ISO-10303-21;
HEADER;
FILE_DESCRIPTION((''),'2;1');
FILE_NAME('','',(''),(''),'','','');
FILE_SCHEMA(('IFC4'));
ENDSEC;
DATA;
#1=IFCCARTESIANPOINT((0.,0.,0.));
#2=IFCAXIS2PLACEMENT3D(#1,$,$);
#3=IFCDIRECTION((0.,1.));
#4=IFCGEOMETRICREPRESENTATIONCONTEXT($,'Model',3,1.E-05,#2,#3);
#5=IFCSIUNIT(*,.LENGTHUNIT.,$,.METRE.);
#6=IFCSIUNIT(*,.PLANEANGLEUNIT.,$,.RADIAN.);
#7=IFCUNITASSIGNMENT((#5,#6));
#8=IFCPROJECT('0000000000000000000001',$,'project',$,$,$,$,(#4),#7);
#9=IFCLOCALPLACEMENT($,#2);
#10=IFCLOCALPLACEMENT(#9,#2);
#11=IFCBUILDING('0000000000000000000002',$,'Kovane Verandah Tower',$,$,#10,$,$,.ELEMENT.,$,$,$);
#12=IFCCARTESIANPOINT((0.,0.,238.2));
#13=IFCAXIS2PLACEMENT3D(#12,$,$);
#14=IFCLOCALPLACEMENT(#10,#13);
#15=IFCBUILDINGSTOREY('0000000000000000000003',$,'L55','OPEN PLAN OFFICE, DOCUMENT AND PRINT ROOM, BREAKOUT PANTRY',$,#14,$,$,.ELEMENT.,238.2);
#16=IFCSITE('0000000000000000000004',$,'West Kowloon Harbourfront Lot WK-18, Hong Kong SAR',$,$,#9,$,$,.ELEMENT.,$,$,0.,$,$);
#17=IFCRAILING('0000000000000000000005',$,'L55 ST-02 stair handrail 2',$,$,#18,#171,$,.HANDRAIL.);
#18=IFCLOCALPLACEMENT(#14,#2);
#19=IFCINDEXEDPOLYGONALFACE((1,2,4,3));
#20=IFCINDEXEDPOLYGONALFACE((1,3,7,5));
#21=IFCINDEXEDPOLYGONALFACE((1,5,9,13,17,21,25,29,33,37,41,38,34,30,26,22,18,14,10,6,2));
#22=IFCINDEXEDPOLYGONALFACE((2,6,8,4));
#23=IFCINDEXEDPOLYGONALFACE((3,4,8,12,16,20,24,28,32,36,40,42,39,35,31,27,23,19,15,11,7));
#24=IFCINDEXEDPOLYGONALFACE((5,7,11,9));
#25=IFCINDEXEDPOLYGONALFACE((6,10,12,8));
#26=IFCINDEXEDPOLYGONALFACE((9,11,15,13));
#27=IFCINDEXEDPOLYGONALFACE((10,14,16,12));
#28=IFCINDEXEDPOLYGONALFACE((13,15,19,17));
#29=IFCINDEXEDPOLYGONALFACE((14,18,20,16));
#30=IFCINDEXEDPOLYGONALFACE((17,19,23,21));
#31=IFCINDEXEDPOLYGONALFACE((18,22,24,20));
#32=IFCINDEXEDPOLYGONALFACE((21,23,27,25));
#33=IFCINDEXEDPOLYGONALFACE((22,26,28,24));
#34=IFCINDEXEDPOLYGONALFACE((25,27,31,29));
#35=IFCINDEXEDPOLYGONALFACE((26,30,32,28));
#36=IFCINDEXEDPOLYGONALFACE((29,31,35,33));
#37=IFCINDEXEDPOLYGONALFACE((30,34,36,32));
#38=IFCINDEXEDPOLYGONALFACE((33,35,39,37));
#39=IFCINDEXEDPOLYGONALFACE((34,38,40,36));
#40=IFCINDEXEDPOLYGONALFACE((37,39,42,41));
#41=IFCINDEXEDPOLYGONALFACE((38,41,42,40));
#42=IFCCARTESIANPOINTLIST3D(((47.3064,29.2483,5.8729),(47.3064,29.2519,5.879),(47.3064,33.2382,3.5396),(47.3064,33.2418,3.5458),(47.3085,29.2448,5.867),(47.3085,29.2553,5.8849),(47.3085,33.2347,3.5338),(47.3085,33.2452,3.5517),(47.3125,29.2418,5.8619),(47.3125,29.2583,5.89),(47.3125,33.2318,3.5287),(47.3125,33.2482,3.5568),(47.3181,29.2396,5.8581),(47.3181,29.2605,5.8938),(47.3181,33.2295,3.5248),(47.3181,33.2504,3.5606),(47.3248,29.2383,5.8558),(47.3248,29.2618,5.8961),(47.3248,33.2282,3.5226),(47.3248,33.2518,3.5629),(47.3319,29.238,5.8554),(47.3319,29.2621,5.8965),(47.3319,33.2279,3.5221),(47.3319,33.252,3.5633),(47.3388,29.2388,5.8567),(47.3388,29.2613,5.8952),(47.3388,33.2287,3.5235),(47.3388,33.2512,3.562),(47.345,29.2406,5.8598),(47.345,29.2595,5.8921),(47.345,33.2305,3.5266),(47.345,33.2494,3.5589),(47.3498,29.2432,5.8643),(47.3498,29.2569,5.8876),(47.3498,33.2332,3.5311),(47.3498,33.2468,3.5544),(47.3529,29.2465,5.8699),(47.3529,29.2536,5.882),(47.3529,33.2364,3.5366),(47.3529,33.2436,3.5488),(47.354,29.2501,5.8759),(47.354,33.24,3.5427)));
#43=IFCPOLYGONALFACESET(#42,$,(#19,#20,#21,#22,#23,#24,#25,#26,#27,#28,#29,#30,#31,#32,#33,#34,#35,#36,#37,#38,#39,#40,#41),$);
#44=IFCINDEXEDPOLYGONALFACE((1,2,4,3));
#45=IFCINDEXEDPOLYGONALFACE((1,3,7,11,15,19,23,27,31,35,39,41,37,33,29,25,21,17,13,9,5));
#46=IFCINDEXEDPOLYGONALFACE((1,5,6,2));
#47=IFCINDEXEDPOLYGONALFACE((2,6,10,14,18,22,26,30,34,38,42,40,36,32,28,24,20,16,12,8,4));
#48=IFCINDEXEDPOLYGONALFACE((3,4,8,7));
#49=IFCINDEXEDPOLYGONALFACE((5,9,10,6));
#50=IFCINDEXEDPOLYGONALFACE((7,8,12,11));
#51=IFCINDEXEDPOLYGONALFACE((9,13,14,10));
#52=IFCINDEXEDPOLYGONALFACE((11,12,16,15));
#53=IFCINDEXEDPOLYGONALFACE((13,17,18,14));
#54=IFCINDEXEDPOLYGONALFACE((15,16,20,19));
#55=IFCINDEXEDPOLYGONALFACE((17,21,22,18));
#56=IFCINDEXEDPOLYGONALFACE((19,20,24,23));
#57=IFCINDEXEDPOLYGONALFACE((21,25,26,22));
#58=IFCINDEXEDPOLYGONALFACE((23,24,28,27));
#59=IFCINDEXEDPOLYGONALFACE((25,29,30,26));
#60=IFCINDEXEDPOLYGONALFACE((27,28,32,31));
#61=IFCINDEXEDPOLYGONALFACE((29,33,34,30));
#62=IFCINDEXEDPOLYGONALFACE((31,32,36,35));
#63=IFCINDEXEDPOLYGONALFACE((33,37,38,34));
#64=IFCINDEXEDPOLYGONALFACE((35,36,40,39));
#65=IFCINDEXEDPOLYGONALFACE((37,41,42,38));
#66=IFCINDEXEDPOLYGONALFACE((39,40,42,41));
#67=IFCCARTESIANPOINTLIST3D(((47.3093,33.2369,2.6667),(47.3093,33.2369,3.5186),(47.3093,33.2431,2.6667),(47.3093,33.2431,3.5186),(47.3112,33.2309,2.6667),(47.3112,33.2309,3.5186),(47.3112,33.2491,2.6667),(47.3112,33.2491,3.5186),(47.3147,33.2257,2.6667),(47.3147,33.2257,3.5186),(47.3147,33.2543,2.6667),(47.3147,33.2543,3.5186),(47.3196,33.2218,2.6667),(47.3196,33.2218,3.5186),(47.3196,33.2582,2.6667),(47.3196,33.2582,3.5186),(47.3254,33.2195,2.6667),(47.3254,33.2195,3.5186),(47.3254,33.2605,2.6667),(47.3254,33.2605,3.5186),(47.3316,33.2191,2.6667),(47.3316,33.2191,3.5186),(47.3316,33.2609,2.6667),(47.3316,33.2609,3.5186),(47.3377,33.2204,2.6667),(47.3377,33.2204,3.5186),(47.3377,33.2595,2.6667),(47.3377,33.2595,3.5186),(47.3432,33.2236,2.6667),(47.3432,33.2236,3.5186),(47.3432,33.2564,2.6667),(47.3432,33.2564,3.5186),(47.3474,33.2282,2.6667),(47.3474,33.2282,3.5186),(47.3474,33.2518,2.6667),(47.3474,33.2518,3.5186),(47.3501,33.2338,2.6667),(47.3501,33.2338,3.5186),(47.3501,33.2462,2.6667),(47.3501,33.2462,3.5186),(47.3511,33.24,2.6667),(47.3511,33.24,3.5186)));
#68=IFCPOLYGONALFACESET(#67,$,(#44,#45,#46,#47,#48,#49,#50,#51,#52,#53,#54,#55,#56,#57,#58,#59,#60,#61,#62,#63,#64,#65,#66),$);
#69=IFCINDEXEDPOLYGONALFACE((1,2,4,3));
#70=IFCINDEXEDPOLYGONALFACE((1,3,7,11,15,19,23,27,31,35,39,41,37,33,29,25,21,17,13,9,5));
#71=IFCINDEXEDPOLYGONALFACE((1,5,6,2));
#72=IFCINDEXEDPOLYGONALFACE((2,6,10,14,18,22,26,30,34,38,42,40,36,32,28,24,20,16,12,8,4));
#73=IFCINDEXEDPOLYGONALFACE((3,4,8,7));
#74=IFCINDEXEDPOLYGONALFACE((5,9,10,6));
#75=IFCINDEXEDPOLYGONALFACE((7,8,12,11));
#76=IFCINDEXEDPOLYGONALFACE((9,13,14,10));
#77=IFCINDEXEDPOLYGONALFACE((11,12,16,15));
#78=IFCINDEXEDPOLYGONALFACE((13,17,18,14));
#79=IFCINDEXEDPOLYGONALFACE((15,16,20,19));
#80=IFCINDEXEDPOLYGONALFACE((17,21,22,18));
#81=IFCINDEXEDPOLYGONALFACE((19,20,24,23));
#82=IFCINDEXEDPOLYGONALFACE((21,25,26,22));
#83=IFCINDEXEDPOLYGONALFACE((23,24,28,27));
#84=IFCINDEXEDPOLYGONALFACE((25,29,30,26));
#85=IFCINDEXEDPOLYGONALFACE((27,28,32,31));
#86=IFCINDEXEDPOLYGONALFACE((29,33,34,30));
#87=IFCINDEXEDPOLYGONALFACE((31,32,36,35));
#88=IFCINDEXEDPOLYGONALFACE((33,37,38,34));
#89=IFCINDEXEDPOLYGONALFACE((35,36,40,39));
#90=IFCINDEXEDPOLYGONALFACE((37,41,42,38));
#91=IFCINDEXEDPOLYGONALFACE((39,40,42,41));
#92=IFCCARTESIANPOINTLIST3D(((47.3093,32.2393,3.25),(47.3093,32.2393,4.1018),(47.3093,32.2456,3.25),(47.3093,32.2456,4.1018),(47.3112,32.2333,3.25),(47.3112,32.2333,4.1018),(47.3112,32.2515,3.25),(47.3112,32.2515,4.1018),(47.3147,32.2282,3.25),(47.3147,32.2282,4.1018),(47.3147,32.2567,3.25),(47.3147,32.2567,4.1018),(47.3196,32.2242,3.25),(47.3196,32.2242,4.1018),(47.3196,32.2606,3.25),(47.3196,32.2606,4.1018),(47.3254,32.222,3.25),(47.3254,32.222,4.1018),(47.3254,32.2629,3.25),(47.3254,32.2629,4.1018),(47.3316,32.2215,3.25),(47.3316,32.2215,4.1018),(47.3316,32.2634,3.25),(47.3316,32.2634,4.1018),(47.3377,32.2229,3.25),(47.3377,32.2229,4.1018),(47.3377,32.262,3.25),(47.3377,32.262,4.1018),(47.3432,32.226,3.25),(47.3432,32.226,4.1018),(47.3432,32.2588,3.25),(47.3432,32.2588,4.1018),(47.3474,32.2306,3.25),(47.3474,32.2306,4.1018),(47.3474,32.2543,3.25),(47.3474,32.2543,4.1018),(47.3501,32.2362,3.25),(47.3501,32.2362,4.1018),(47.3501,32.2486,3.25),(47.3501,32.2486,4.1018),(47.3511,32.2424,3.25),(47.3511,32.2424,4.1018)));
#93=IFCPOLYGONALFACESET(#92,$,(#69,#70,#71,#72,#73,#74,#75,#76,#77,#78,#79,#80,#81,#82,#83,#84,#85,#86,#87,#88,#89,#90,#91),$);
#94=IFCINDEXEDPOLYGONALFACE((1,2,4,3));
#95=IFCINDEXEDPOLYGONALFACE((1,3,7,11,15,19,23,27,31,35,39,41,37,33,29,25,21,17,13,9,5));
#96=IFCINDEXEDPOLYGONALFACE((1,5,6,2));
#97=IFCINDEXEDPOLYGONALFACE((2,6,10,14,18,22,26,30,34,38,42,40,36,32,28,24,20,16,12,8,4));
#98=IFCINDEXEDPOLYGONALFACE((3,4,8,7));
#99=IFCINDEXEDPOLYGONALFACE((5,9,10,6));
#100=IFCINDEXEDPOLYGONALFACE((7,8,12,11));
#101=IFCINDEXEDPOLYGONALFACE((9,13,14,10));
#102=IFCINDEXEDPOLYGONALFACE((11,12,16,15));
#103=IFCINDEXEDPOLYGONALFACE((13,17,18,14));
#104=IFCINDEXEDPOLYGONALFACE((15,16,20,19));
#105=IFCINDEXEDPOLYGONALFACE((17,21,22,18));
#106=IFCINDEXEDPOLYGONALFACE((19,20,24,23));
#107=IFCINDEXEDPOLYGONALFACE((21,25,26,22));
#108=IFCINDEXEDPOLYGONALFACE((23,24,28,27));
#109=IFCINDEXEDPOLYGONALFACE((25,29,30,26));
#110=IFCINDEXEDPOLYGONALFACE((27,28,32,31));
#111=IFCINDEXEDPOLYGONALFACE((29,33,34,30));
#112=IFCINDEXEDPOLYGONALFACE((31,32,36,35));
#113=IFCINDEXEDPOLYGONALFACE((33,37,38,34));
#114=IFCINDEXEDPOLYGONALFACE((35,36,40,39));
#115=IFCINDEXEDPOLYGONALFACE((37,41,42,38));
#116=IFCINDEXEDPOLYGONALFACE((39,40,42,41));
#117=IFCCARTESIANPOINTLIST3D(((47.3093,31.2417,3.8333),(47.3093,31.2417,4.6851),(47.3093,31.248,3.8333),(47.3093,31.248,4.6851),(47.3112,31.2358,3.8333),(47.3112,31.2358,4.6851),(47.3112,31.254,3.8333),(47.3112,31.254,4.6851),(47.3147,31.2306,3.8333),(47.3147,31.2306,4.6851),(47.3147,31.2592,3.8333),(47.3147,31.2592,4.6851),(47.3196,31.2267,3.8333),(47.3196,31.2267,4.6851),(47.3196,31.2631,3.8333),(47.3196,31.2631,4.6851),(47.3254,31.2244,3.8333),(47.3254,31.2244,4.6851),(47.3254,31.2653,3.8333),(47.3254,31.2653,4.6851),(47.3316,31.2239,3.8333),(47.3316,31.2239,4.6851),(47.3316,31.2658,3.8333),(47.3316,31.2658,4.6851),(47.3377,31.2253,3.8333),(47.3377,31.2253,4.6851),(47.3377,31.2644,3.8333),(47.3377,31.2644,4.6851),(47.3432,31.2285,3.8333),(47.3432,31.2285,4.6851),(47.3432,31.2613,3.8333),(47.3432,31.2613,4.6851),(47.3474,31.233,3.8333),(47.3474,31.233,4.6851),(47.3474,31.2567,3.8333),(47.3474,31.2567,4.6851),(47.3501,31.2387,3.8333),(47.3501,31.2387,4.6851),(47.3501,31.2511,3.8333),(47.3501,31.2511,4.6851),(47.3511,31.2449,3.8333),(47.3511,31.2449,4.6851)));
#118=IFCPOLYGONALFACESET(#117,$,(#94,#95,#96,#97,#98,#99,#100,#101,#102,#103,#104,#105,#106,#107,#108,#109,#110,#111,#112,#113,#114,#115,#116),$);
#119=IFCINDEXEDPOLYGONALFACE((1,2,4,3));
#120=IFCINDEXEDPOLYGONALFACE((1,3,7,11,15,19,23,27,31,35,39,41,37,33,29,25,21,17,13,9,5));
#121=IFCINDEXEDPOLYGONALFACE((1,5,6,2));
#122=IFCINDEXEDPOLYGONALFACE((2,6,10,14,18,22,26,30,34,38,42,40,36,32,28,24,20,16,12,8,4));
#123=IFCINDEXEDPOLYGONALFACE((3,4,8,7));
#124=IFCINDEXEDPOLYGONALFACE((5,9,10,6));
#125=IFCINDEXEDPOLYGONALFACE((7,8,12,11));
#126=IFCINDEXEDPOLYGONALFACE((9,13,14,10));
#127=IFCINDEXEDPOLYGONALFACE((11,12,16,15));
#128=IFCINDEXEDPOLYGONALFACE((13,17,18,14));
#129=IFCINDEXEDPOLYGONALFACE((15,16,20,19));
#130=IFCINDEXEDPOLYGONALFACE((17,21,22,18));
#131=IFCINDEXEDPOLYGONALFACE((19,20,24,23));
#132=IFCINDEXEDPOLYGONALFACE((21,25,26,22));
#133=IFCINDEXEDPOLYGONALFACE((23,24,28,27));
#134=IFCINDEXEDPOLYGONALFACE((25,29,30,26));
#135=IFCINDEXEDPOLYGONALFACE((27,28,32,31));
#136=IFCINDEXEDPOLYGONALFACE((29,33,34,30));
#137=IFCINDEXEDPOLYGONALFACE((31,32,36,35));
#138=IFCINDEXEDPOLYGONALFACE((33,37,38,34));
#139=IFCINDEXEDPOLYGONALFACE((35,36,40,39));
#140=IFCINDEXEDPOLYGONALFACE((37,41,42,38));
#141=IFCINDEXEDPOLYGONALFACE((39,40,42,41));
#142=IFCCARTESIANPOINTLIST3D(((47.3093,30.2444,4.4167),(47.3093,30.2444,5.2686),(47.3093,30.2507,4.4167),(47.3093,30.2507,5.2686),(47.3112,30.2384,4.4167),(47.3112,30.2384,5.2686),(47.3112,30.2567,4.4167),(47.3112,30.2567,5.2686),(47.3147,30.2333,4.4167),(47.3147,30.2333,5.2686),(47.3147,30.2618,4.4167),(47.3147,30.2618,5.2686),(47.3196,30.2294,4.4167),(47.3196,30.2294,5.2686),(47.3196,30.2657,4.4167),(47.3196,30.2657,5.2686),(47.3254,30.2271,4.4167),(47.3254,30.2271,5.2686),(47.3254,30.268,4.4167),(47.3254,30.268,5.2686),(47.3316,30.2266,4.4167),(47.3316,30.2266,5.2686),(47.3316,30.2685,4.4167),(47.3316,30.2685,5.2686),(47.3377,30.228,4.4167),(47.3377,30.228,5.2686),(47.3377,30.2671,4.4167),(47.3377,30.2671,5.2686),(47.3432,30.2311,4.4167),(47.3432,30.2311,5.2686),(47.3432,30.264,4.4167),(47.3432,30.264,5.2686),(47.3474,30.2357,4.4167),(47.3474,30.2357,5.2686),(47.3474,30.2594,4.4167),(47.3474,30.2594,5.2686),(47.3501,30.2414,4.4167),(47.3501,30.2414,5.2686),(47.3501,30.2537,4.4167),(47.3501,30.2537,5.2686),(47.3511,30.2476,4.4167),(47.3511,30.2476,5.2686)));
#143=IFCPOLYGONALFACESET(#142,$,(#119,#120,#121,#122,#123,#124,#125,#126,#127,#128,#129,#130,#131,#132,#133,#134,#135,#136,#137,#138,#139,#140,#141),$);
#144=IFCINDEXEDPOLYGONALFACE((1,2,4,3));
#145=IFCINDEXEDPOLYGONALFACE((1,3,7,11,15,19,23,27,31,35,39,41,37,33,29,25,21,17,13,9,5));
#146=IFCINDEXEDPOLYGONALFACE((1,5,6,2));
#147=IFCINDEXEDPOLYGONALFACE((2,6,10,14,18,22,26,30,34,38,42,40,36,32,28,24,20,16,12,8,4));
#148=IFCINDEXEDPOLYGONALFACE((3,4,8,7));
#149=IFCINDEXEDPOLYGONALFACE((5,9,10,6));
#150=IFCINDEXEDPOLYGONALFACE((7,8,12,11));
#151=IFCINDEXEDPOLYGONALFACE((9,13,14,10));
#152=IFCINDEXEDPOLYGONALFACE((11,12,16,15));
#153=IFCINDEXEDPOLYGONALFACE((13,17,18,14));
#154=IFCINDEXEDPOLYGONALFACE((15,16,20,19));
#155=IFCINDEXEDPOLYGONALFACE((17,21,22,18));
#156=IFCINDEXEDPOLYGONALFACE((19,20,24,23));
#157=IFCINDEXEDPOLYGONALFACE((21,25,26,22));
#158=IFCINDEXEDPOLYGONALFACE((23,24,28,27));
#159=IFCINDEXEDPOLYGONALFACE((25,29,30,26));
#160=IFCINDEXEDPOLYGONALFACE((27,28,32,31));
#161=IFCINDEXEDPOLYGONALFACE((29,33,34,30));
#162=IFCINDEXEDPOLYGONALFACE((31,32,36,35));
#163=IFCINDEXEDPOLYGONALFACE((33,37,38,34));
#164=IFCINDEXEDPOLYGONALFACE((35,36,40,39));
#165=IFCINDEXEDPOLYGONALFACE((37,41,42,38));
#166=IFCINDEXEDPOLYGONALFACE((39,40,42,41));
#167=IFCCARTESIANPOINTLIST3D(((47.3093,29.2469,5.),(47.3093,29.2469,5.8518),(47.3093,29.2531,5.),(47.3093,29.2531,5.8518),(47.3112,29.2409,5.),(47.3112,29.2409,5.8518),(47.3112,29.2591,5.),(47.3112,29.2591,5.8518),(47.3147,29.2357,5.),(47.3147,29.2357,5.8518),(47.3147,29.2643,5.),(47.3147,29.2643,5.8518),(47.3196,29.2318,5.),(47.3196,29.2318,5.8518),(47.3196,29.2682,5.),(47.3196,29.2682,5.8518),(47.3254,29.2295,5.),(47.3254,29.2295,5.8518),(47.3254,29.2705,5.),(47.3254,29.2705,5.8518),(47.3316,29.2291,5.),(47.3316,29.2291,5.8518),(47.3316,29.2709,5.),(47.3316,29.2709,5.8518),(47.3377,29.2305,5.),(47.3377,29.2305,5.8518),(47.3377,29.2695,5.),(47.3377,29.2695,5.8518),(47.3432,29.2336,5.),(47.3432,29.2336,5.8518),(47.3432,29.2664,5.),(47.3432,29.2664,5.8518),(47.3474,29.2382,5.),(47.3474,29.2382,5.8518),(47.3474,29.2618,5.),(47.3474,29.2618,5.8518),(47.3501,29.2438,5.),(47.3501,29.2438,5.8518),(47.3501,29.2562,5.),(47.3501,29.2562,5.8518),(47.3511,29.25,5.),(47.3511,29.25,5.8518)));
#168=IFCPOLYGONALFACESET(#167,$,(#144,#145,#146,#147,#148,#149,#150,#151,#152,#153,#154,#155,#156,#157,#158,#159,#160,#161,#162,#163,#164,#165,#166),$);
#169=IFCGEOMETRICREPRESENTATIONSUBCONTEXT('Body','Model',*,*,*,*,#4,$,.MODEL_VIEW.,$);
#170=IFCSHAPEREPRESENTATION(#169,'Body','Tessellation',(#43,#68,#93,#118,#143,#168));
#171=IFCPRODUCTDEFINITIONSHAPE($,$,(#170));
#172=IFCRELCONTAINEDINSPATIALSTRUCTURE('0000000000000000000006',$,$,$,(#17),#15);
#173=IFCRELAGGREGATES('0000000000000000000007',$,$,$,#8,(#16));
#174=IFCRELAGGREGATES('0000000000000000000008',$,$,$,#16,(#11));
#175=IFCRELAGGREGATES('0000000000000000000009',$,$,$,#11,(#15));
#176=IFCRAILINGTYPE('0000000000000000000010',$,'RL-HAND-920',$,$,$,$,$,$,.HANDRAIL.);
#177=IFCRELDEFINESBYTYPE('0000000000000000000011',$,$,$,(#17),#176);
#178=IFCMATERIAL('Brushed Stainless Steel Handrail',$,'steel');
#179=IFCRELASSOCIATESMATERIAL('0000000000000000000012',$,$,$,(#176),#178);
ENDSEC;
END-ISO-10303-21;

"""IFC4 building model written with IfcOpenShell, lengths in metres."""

from ifc_helpers import new_model, si_unit, direction, frame, origin, origin_2d, place, context, subcontext, project, spatial, circle, extrude, material, type_object, element, save


model = new_model("IFC4")

# Units and contexts
model_context = context("Model", 3, precision=1e-05, world=origin(), true_north=direction((0.0, 1.0)))
body_context = subcontext(model_context, "Body", "Model", "MODEL_VIEW")
ifc_project = project(units=[si_unit("LENGTHUNIT", "METRE"), si_unit("PLANEANGLEUNIT", "RADIAN")], contexts=[model_context])

# Site, building, storey
site_placement = place(None, origin())
site = spatial("IfcSite", under=ifc_project, at=site_placement, Name="West Kowloon Harbourfront Lot WK-18, Hong Kong SAR", CompositionType="ELEMENT", RefElevation=0.0)
building_placement = place(site_placement, origin())
building = spatial("IfcBuilding", under=site, at=building_placement, Name="Kovane Verandah Tower", CompositionType="ELEMENT")
storey_placement = place(building_placement, frame((0.0, 0.0, 238.2)))
storey = spatial("IfcBuildingStorey", under=building, at=storey_placement, Name="L55", Description="OPEN PLAN OFFICE, DOCUMENT AND PRINT ROOM, BREAKOUT PANTRY", CompositionType="ELEMENT", Elevation=238.2)

# Railing
ifc_material_1 = material(Name="Brushed Stainless Steel Handrail", Category="steel")
railing_type_1 = type_object("IfcRailingType", Name="RL-HAND-920", PredefinedType="HANDRAIL", material=ifc_material_1)
railing_1_placement = place(storey_placement, frame((47.3301, 33.24, 2.6667)))
element("IfcRailing", 1, at=railing_1_placement, inside=storey, type_object=railing_type_1, Name="L55 ST-02 stair handrail 2", PredefinedType="HANDRAIL", context=body_context, shape_type="SweptSolid", body=[
    extrude(circle(Radius=0.0239, at=origin_2d()), frame((0.0, 0.0, 0.876), z_axis=(0.0, -0.863236, 0.5048), x_axis=(1.0, 0.0, 0.0)), (0.0, 0.0, 1.0), 4.6221),
    extrude(circle(Radius=0.021, at=origin_2d()), origin(), (0.0, 0.0, 1.0), 0.8518),
    extrude(circle(Radius=0.021, at=origin_2d()), frame((0.0, -0.9976, 0.5833)), (0.0, 0.0, 1.0), 0.8518),
    extrude(circle(Radius=0.021, at=origin_2d()), frame((0.0, -1.9951, 1.1665)), (0.0, 0.0, 1.0), 0.8518),
    extrude(circle(Radius=0.021, at=origin_2d()), frame((0.0, -2.9924, 1.75)), (0.0, 0.0, 1.0), 0.8518),
    extrude(circle(Radius=0.021, at=origin_2d()), frame((0.0, -3.99, 2.3333)), (0.0, 0.0, 1.0), 0.8518),
])

save(model, "model.ifc")
